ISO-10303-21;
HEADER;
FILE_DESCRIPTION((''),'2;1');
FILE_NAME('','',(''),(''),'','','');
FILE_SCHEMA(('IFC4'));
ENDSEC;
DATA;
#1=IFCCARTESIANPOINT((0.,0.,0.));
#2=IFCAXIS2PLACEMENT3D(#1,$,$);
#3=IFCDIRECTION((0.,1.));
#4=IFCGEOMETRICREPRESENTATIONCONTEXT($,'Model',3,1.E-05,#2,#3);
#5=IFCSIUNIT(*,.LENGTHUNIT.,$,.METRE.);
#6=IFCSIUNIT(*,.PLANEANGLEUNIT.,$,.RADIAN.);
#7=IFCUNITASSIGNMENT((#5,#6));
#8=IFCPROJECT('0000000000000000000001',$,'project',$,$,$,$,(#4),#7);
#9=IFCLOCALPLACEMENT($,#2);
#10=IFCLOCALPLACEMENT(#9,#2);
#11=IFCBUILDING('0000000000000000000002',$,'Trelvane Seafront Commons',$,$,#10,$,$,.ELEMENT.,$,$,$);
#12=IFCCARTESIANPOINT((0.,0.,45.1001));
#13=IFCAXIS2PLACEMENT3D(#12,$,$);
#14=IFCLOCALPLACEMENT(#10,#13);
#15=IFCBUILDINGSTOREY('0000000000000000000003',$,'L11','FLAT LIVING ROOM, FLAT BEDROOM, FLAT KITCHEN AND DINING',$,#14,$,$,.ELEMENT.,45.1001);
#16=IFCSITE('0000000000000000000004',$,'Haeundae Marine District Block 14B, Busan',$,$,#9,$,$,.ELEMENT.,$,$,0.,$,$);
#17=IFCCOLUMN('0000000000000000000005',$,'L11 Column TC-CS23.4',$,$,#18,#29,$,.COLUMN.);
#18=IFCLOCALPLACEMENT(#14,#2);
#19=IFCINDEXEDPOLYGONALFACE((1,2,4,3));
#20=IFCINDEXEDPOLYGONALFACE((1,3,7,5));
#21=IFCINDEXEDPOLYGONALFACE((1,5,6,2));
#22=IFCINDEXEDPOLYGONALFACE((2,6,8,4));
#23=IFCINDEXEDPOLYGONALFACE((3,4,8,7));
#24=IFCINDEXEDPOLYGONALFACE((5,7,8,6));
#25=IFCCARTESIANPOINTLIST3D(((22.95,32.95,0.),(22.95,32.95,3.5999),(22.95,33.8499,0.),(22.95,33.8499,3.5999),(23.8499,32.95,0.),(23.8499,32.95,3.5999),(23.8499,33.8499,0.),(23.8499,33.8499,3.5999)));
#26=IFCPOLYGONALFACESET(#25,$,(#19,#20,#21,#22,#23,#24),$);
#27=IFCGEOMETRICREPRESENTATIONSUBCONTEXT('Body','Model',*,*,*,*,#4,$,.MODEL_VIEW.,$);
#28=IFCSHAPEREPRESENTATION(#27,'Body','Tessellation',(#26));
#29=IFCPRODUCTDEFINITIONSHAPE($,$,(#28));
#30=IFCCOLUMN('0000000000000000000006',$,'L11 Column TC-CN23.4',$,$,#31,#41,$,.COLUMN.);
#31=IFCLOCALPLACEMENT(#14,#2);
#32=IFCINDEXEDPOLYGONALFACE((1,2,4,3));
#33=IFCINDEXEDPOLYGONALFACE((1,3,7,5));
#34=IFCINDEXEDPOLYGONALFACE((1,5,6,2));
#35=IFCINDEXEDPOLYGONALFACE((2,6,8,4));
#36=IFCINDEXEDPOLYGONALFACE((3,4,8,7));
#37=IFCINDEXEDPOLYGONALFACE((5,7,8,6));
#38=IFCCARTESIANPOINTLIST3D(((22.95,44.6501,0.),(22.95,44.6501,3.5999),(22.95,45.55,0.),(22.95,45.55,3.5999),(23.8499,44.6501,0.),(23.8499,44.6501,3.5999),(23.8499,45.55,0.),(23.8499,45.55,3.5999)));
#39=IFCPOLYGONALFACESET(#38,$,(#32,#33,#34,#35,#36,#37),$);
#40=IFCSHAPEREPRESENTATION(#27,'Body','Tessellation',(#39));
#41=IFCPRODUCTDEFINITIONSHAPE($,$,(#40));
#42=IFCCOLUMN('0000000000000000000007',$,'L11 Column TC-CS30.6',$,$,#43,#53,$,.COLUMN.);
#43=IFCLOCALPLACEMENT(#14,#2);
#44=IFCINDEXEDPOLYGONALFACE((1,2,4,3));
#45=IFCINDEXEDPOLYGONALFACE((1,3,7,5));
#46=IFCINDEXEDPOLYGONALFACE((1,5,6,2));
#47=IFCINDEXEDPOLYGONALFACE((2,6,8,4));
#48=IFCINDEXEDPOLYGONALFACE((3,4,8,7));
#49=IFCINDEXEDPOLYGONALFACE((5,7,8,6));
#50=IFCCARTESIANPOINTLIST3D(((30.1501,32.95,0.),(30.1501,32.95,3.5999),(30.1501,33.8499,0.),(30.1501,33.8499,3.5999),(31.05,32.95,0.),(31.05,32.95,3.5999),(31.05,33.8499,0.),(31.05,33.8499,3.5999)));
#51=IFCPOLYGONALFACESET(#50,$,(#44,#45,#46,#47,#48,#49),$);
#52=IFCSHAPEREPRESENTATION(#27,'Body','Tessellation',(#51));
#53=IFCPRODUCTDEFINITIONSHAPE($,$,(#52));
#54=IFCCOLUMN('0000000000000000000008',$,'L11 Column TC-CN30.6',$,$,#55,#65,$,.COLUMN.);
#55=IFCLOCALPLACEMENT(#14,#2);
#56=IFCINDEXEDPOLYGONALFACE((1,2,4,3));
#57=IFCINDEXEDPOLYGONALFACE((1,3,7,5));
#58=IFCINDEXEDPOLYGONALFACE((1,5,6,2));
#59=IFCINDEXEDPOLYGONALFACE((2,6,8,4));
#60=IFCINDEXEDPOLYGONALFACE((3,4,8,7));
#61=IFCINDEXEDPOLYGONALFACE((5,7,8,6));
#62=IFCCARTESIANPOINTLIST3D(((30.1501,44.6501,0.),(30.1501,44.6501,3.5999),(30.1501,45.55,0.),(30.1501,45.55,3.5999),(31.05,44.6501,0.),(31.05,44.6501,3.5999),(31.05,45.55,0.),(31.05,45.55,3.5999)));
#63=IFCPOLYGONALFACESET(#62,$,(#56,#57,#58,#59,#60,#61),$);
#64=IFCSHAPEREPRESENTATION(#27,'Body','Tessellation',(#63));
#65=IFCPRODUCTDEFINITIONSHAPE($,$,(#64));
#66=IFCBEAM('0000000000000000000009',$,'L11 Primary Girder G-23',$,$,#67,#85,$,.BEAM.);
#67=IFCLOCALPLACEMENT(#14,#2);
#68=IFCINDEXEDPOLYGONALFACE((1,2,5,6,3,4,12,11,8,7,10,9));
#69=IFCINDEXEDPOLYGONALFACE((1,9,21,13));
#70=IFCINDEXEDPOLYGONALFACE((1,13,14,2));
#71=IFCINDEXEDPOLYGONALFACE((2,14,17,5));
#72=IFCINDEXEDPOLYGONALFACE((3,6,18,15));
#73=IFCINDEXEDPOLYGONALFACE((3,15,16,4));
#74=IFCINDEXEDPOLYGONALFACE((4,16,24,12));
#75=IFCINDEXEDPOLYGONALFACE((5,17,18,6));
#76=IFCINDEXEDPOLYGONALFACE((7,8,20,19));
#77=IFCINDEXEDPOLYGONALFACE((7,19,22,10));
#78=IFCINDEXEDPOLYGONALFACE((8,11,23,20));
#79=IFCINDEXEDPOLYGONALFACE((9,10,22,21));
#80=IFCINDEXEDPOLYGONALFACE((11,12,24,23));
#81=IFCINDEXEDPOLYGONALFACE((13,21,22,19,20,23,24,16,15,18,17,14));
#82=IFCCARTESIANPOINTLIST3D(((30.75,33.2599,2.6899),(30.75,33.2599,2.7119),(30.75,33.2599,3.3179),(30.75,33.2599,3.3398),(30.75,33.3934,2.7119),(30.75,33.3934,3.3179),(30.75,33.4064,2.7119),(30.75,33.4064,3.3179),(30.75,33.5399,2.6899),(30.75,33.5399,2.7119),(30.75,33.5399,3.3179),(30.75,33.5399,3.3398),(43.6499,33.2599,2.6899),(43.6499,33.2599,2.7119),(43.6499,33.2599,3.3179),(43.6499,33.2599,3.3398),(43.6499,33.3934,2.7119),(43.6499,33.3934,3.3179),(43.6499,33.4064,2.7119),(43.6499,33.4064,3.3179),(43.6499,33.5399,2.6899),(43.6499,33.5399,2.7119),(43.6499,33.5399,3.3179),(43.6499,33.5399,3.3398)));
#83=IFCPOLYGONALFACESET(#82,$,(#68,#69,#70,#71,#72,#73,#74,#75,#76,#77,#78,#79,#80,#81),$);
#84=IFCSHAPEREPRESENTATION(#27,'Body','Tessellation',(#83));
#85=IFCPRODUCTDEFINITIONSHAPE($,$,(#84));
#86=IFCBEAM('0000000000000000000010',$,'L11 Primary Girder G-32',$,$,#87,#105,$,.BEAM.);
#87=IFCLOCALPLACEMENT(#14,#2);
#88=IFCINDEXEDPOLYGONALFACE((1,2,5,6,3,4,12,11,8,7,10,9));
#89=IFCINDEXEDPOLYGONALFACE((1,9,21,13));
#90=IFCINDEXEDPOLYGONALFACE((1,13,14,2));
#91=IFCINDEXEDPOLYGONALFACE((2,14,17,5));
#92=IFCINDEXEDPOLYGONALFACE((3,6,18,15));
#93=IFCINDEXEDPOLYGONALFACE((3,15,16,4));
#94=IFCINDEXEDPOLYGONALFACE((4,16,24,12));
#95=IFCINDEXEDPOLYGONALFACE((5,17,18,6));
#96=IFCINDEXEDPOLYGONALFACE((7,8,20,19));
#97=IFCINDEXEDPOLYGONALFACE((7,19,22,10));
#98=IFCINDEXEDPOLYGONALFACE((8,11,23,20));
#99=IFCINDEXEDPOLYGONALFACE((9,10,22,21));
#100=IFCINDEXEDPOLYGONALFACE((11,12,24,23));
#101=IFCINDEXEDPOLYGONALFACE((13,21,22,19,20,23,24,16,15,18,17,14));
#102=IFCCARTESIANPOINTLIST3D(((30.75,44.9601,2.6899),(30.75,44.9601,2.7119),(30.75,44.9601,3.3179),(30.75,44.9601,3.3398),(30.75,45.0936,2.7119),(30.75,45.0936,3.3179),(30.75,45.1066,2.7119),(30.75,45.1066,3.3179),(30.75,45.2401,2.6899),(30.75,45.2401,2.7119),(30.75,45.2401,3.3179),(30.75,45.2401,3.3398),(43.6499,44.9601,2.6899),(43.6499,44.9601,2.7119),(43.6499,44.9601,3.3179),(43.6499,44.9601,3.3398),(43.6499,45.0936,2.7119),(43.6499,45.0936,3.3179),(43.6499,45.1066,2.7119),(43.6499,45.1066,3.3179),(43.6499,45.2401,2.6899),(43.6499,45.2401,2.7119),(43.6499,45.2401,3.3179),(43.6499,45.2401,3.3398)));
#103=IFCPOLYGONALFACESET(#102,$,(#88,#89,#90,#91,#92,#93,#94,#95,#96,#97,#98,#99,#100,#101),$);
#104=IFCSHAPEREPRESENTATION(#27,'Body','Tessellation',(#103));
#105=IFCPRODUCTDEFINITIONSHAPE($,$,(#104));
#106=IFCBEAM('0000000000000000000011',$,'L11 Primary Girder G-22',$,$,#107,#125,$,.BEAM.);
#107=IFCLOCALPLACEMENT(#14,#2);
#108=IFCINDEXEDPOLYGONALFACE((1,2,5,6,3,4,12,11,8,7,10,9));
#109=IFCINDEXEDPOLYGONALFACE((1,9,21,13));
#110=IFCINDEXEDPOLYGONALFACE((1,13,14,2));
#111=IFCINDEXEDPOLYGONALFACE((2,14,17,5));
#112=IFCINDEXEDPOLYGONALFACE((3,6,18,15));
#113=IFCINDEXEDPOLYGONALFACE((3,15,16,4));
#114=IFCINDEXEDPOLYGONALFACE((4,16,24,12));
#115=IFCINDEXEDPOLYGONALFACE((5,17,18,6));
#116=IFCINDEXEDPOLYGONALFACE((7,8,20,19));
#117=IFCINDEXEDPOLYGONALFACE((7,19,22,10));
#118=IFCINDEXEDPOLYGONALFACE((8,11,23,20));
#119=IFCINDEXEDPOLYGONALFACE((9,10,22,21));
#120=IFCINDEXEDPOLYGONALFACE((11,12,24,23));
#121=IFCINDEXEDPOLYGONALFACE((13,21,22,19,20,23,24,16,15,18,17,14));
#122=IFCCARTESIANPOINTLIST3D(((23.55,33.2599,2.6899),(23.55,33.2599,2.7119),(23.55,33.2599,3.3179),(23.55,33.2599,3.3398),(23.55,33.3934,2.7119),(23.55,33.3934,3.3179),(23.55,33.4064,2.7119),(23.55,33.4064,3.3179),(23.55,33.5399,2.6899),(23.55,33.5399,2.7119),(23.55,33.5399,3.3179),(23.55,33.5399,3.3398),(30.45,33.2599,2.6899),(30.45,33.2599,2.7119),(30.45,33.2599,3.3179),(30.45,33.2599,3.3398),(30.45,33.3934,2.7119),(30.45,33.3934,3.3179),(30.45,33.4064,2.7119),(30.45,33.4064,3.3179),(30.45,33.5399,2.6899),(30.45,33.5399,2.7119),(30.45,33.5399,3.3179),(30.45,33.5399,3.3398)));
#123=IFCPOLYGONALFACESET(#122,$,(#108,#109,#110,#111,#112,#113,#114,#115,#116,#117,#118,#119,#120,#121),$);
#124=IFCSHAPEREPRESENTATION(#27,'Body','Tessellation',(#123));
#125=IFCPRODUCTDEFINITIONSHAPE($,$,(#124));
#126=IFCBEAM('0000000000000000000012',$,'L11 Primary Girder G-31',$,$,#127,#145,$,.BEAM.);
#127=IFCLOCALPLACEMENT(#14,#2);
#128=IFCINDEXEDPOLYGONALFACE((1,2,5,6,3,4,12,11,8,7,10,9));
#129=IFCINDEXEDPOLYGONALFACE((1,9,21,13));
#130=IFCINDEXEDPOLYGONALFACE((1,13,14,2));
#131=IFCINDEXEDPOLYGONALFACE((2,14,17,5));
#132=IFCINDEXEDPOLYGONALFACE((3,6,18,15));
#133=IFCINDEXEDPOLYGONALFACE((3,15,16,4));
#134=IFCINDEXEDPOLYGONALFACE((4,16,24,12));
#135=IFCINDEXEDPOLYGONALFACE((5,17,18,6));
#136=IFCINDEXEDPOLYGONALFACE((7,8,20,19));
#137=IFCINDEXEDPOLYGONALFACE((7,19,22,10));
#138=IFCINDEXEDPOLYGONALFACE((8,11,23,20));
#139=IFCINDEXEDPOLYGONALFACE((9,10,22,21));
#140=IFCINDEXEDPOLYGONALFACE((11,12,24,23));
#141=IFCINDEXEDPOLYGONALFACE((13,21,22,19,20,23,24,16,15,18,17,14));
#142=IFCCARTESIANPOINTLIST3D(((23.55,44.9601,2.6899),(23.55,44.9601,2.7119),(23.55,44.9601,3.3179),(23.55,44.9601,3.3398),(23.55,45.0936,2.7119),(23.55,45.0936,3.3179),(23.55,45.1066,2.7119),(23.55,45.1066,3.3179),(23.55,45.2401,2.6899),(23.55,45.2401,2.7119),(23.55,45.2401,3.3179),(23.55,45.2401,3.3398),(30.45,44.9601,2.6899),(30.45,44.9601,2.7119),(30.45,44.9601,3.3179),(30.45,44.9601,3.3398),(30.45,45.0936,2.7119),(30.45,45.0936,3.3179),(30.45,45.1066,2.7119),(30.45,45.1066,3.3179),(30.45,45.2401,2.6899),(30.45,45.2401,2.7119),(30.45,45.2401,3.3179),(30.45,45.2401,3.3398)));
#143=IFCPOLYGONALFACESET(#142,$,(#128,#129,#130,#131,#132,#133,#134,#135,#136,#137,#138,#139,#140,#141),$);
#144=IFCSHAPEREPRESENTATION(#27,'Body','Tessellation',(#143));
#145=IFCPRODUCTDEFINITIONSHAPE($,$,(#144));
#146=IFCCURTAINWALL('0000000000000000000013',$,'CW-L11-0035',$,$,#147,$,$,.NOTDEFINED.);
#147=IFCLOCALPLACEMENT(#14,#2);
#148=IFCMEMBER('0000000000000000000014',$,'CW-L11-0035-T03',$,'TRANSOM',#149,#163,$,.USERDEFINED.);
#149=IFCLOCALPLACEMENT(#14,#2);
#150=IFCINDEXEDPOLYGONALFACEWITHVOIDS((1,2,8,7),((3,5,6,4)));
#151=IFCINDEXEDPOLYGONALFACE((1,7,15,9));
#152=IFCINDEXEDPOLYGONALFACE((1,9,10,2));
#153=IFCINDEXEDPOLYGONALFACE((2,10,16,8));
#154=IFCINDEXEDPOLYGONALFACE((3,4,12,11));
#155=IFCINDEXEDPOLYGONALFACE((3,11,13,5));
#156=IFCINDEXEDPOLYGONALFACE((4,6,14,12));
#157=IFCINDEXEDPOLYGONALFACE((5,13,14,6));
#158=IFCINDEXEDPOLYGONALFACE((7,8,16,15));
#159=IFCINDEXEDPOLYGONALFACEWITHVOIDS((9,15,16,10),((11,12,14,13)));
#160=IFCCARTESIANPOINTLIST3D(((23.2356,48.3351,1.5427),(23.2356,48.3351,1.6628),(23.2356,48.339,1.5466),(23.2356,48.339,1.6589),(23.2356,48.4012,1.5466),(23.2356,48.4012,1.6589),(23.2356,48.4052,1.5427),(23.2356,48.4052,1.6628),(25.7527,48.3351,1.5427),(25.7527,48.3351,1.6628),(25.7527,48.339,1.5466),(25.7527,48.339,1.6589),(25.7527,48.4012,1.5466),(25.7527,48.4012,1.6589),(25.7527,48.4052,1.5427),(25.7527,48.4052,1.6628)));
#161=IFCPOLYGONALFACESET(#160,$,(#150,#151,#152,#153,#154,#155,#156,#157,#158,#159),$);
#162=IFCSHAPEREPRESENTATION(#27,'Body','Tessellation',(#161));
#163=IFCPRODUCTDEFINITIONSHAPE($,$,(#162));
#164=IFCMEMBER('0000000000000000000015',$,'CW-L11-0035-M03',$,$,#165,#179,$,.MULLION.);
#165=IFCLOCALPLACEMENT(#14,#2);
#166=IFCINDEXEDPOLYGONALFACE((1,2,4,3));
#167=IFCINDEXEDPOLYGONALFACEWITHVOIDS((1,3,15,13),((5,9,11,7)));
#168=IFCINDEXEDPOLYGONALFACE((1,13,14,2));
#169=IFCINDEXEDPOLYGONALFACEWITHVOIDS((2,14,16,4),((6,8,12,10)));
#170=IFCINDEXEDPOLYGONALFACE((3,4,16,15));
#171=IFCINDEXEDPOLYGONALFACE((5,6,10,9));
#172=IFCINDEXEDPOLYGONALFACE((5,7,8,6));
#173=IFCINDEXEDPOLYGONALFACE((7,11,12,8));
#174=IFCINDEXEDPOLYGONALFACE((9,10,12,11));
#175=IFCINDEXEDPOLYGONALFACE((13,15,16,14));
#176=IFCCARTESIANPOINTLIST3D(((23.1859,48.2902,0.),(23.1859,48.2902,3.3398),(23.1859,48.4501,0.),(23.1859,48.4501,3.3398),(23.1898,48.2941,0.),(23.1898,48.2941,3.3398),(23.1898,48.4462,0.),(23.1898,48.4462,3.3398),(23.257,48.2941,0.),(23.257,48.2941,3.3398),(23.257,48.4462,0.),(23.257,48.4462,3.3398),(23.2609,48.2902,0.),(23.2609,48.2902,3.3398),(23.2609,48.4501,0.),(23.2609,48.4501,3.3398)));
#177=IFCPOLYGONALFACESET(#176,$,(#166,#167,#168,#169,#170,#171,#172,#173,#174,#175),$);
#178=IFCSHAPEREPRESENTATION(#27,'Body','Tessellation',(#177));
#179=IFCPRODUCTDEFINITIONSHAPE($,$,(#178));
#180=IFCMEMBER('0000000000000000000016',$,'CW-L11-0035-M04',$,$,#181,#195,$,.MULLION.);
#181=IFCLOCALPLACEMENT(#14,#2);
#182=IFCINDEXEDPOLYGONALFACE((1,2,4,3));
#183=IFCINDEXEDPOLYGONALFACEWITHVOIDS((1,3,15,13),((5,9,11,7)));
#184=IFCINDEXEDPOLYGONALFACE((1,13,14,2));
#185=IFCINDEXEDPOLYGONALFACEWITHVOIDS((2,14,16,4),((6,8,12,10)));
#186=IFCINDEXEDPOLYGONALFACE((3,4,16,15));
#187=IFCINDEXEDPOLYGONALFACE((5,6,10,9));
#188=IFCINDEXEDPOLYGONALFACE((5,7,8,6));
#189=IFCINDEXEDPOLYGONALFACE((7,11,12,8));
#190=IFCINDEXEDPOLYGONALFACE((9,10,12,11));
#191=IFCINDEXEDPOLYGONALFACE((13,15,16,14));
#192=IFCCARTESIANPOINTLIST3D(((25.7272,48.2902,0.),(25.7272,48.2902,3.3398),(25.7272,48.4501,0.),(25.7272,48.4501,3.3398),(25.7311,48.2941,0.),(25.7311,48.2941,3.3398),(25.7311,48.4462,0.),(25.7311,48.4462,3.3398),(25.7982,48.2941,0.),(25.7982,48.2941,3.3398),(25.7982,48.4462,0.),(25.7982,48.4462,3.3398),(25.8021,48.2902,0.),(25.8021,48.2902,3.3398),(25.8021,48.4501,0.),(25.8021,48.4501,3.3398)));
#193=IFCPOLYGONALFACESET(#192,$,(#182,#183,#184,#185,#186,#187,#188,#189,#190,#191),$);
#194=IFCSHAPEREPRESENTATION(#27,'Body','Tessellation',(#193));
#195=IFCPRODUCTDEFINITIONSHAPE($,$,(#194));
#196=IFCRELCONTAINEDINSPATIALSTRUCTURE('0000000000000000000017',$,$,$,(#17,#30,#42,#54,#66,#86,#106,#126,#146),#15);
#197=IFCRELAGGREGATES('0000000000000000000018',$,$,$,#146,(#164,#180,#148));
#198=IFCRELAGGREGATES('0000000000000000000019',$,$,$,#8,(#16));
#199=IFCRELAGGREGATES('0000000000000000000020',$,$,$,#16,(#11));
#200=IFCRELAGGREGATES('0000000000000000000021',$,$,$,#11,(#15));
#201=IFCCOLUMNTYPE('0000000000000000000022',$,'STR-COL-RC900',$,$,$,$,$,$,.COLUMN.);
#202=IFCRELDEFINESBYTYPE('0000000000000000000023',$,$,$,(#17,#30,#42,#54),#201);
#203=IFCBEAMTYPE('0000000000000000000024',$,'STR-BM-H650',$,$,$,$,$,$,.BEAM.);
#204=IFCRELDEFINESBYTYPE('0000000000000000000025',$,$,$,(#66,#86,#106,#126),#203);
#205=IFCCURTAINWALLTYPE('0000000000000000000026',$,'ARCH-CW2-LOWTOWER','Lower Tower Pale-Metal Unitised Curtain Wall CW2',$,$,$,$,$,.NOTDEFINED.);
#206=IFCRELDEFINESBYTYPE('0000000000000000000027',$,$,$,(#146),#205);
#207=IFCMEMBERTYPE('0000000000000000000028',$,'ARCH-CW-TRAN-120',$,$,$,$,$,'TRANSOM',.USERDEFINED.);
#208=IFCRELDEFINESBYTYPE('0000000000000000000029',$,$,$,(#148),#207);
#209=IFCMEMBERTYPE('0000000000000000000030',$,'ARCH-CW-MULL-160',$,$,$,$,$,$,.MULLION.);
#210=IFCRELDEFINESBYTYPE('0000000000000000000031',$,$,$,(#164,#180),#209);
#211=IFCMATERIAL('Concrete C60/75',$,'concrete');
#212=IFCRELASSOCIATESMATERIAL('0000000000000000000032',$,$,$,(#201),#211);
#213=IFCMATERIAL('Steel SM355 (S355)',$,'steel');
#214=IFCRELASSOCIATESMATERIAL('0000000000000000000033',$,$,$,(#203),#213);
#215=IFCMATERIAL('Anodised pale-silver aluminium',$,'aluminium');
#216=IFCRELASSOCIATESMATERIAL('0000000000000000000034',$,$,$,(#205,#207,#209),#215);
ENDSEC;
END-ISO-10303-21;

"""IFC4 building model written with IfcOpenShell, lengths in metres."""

from ifc_helpers import new_model, si_unit, direction, frame, origin, origin_2d, place, context, subcontext, project, spatial, rectangle, hollow_rectangle, i_section, extrude, source, transform, mapped, material, material_profile, profile_set, type_object, element, aggregate, save


model = new_model("IFC4")

# Units and contexts
model_context = context("Model", 3, precision=1e-05, world=origin(), true_north=direction((0.0, 1.0)))
body_context = subcontext(model_context, "Body", "Model", "MODEL_VIEW")
ifc_project = project(units=[si_unit("LENGTHUNIT", "METRE"), si_unit("PLANEANGLEUNIT", "RADIAN")], contexts=[model_context])

# Site, building, storey
site_placement = place(None, origin())
site = spatial("IfcSite", under=ifc_project, at=site_placement, Name="Haeundae Marine District Block 14B, Busan", CompositionType="ELEMENT", RefElevation=0.0)
building_placement = place(site_placement, origin())
building = spatial("IfcBuilding", under=site, at=building_placement, Name="Trelvane Seafront Commons", CompositionType="ELEMENT")
storey_placement = place(building_placement, frame((0.0, 0.0, 45.1001)))
storey = spatial("IfcBuildingStorey", under=building, at=storey_placement, Name="L11", Description="FLAT LIVING ROOM, FLAT BEDROOM, FLAT KITCHEN AND DINING", CompositionType="ELEMENT", Elevation=45.1001)

# Columns
ifc_material_1 = material(Name="Concrete C60/75", Category="concrete")
ifc_material_profile_1 = material_profile(ifc_material_1, rectangle(XDim=0.8999, YDim=0.8999, at=origin_2d()), Name="RC-900x900")
ifc_profile_set_1 = profile_set([ifc_material_profile_1], Name="Concrete C60/75")
column_type = type_object("IfcColumnType", Name="STR-COL-RC900", PredefinedType="COLUMN", material=ifc_profile_set_1)
shared_shape_1 = source(origin(), body_context, "Body", "SweptSolid", [
    extrude(rectangle(XDim=0.8999, YDim=0.8999, at=origin_2d()), origin(), (0.0, 0.0, 1.0), 3.5999),
])
for number, where, z_axis, x_axis, name in (
    (1, (23.3999, 33.3999, 0.0), (0.0, 0.0, 1.0), (1.0, 0.0, 0.0), "L11 Column TC-CS23.4"),
    (2, (23.3999, 45.1001, 0.0), (0.0, 0.0, 1.0), (1.0, 0.0, 0.0), "L11 Column TC-CN23.4"),
    (3, (30.6001, 33.3999, 0.0), (0.0, 0.0, 1.0), (1.0, 0.0, 0.0), "L11 Column TC-CS30.6"),
    (4, (30.6001, 45.1001, 0.0), (0.0, 0.0, 1.0), (1.0, 0.0, 0.0), "L11 Column TC-CN30.6"),
):
    element("IfcColumn", number, at=place(storey_placement, frame(where, z_axis=z_axis, x_axis=x_axis)), inside=storey, type_object=column_type, Name=name, PredefinedType="COLUMN", context=body_context, shape_type="MappedRepresentation", body=[
        mapped(shared_shape_1, transform((0.0, 0.0, 0.0), x_axis=(1.0, 0.0, 0.0), y_axis=(0.0, 1.0, 0.0), z_axis=(0.0, 0.0, 1.0), scale=1.0)),
    ])

# Beams
ifc_material_2 = material(Name="Steel SM355 (S355)", Category="steel")
ifc_material_profile_2 = material_profile(ifc_material_2, i_section(OverallWidth=0.28, OverallDepth=0.6499, WebThickness=0.0129, FlangeThickness=0.022, at=origin_2d()), Name="H-650x280x13x22")
ifc_profile_set_2 = profile_set([ifc_material_profile_2], Name="Steel SM355 (S355)")
beam_type = type_object("IfcBeamType", Name="STR-BM-H650", PredefinedType="BEAM", material=ifc_profile_set_2)
shared_shape_2 = source(origin(), body_context, "Body", "SweptSolid", [
    extrude(i_section(OverallWidth=0.28, OverallDepth=0.6499, WebThickness=0.0129, FlangeThickness=0.022, at=origin_2d()), origin(), (0.0, 0.0, 1.0), 12.8999),
])
for number, where, z_axis, x_axis, name in (
    (5, (30.75, 33.3999, 3.0149), (1.0, 0.0, 0.0), (0.0, 1.0, 0.0), "L11 Primary Girder G-23"),
    (6, (30.75, 45.1001, 3.0149), (1.0, 0.0, 0.0), (0.0, 1.0, 0.0), "L11 Primary Girder G-32"),
):
    element("IfcBeam", number, at=place(storey_placement, frame(where, z_axis=z_axis, x_axis=x_axis)), inside=storey, type_object=beam_type, Name=name, PredefinedType="BEAM", context=body_context, shape_type="MappedRepresentation", body=[
        mapped(shared_shape_2, transform((0.0, 0.0, 0.0), x_axis=(1.0, 0.0, 0.0), y_axis=(0.0, 1.0, 0.0), z_axis=(0.0, 0.0, 1.0), scale=1.0)),
    ])
shared_shape_3 = source(origin(), body_context, "Body", "SweptSolid", [
    extrude(i_section(OverallWidth=0.28, OverallDepth=0.6499, WebThickness=0.0129, FlangeThickness=0.022, at=origin_2d()), origin(), (0.0, 0.0, 1.0), 6.8999),
])
for number, where, z_axis, x_axis, name in (
    (7, (23.55, 33.3999, 3.0149), (1.0, 0.0, 0.0), (0.0, 1.0, 0.0), "L11 Primary Girder G-22"),
    (8, (23.55, 45.1001, 3.0149), (1.0, 0.0, 0.0), (0.0, 1.0, 0.0), "L11 Primary Girder G-31"),
):
    element("IfcBeam", number, at=place(storey_placement, frame(where, z_axis=z_axis, x_axis=x_axis)), inside=storey, type_object=beam_type, Name=name, PredefinedType="BEAM", context=body_context, shape_type="MappedRepresentation", body=[
        mapped(shared_shape_3, transform((0.0, 0.0, 0.0), x_axis=(1.0, 0.0, 0.0), y_axis=(0.0, 1.0, 0.0), z_axis=(0.0, 0.0, 1.0), scale=1.0)),
    ])

# Curtain wall, members
ifc_material_3 = material(Name="Anodised pale-silver aluminium", Category="aluminium")
curtain_wall_type = type_object("IfcCurtainWallType", Name="ARCH-CW2-LOWTOWER", Description="Lower Tower Pale-Metal Unitised Curtain Wall CW2", PredefinedType="NOTDEFINED", material=ifc_material_3)
curtain_wall_placement = place(storey_placement, origin())
curtain_wall = element("IfcCurtainWall", 9, at=curtain_wall_placement, inside=storey, type_object=curtain_wall_type, Name="CW-L11-0035", PredefinedType="NOTDEFINED")
ifc_material_profile_3 = material_profile(ifc_material_3, hollow_rectangle(XDim=0.0701, YDim=0.1201, WallThickness=0.0039, at=origin_2d()), Name="TRAN-70x120x4")
ifc_profile_set_3 = profile_set([ifc_material_profile_3], Name="Anodised pale-silver aluminium")
member_type_1 = type_object("IfcMemberType", Name="ARCH-CW-TRAN-120", ElementType="TRANSOM", PredefinedType="USERDEFINED", material=ifc_profile_set_3)
shared_shape_4 = source(origin(), body_context, "Body", "SweptSolid", [
    extrude(hollow_rectangle(XDim=0.0701, YDim=0.1201, WallThickness=0.0039, at=origin_2d()), origin(), (0.0, 0.0, 1.0), 2.5171),
])
member_1_placement = place(storey_placement, frame((23.2356, 48.3701, 1.6028), z_axis=(1.0, 0.0, 0.0), x_axis=(0.0, 1.0, 0.0)))
member_1 = element("IfcMember", 10, at=member_1_placement, type_object=member_type_1, Name="CW-L11-0035-T03", ObjectType="TRANSOM", PredefinedType="USERDEFINED", context=body_context, shape_type="MappedRepresentation", body=[
    mapped(shared_shape_4, transform((0.0, 0.0, 0.0), x_axis=(1.0, 0.0, 0.0), y_axis=(0.0, 1.0, 0.0), z_axis=(0.0, 0.0, 1.0), scale=1.0)),
])
ifc_material_profile_4 = material_profile(ifc_material_3, hollow_rectangle(XDim=0.075, YDim=0.1599, WallThickness=0.0039, at=origin_2d()), Name="MULL-75x160x4")
ifc_profile_set_4 = profile_set([ifc_material_profile_4], Name="Anodised pale-silver aluminium")
member_type_2 = type_object("IfcMemberType", Name="ARCH-CW-MULL-160", PredefinedType="MULLION", material=ifc_profile_set_4)
shared_shape_5 = source(origin(), body_context, "Body", "SweptSolid", [
    extrude(hollow_rectangle(XDim=0.075, YDim=0.1599, WallThickness=0.0039, at=origin_2d()), origin(), (0.0, 0.0, 1.0), 3.3398),
])
member_2_placement = place(storey_placement, frame((23.2234, 48.3701, 0.0), z_axis=(0.0, 0.0, 1.0), x_axis=(1.0, 0.0, 0.0)))
member_2 = element("IfcMember", 11, at=member_2_placement, type_object=member_type_2, Name="CW-L11-0035-M03", PredefinedType="MULLION", context=body_context, shape_type="MappedRepresentation", body=[
    mapped(shared_shape_5, transform((0.0, 0.0, 0.0), x_axis=(1.0, 0.0, 0.0), y_axis=(0.0, 1.0, 0.0), z_axis=(0.0, 0.0, 1.0), scale=1.0)),
])
member_3_placement = place(storey_placement, frame((25.7646, 48.3701, 0.0), z_axis=(0.0, 0.0, 1.0), x_axis=(1.0, 0.0, 0.0)))
member_3 = element("IfcMember", 12, at=member_3_placement, type_object=member_type_2, Name="CW-L11-0035-M04", PredefinedType="MULLION", context=body_context, shape_type="MappedRepresentation", body=[
    mapped(shared_shape_5, transform((0.0, 0.0, 0.0), x_axis=(1.0, 0.0, 0.0), y_axis=(0.0, 1.0, 0.0), z_axis=(0.0, 0.0, 1.0), scale=1.0)),
])
aggregate(curtain_wall, [member_2, member_3, member_1])

save(model, "model.ifc")
